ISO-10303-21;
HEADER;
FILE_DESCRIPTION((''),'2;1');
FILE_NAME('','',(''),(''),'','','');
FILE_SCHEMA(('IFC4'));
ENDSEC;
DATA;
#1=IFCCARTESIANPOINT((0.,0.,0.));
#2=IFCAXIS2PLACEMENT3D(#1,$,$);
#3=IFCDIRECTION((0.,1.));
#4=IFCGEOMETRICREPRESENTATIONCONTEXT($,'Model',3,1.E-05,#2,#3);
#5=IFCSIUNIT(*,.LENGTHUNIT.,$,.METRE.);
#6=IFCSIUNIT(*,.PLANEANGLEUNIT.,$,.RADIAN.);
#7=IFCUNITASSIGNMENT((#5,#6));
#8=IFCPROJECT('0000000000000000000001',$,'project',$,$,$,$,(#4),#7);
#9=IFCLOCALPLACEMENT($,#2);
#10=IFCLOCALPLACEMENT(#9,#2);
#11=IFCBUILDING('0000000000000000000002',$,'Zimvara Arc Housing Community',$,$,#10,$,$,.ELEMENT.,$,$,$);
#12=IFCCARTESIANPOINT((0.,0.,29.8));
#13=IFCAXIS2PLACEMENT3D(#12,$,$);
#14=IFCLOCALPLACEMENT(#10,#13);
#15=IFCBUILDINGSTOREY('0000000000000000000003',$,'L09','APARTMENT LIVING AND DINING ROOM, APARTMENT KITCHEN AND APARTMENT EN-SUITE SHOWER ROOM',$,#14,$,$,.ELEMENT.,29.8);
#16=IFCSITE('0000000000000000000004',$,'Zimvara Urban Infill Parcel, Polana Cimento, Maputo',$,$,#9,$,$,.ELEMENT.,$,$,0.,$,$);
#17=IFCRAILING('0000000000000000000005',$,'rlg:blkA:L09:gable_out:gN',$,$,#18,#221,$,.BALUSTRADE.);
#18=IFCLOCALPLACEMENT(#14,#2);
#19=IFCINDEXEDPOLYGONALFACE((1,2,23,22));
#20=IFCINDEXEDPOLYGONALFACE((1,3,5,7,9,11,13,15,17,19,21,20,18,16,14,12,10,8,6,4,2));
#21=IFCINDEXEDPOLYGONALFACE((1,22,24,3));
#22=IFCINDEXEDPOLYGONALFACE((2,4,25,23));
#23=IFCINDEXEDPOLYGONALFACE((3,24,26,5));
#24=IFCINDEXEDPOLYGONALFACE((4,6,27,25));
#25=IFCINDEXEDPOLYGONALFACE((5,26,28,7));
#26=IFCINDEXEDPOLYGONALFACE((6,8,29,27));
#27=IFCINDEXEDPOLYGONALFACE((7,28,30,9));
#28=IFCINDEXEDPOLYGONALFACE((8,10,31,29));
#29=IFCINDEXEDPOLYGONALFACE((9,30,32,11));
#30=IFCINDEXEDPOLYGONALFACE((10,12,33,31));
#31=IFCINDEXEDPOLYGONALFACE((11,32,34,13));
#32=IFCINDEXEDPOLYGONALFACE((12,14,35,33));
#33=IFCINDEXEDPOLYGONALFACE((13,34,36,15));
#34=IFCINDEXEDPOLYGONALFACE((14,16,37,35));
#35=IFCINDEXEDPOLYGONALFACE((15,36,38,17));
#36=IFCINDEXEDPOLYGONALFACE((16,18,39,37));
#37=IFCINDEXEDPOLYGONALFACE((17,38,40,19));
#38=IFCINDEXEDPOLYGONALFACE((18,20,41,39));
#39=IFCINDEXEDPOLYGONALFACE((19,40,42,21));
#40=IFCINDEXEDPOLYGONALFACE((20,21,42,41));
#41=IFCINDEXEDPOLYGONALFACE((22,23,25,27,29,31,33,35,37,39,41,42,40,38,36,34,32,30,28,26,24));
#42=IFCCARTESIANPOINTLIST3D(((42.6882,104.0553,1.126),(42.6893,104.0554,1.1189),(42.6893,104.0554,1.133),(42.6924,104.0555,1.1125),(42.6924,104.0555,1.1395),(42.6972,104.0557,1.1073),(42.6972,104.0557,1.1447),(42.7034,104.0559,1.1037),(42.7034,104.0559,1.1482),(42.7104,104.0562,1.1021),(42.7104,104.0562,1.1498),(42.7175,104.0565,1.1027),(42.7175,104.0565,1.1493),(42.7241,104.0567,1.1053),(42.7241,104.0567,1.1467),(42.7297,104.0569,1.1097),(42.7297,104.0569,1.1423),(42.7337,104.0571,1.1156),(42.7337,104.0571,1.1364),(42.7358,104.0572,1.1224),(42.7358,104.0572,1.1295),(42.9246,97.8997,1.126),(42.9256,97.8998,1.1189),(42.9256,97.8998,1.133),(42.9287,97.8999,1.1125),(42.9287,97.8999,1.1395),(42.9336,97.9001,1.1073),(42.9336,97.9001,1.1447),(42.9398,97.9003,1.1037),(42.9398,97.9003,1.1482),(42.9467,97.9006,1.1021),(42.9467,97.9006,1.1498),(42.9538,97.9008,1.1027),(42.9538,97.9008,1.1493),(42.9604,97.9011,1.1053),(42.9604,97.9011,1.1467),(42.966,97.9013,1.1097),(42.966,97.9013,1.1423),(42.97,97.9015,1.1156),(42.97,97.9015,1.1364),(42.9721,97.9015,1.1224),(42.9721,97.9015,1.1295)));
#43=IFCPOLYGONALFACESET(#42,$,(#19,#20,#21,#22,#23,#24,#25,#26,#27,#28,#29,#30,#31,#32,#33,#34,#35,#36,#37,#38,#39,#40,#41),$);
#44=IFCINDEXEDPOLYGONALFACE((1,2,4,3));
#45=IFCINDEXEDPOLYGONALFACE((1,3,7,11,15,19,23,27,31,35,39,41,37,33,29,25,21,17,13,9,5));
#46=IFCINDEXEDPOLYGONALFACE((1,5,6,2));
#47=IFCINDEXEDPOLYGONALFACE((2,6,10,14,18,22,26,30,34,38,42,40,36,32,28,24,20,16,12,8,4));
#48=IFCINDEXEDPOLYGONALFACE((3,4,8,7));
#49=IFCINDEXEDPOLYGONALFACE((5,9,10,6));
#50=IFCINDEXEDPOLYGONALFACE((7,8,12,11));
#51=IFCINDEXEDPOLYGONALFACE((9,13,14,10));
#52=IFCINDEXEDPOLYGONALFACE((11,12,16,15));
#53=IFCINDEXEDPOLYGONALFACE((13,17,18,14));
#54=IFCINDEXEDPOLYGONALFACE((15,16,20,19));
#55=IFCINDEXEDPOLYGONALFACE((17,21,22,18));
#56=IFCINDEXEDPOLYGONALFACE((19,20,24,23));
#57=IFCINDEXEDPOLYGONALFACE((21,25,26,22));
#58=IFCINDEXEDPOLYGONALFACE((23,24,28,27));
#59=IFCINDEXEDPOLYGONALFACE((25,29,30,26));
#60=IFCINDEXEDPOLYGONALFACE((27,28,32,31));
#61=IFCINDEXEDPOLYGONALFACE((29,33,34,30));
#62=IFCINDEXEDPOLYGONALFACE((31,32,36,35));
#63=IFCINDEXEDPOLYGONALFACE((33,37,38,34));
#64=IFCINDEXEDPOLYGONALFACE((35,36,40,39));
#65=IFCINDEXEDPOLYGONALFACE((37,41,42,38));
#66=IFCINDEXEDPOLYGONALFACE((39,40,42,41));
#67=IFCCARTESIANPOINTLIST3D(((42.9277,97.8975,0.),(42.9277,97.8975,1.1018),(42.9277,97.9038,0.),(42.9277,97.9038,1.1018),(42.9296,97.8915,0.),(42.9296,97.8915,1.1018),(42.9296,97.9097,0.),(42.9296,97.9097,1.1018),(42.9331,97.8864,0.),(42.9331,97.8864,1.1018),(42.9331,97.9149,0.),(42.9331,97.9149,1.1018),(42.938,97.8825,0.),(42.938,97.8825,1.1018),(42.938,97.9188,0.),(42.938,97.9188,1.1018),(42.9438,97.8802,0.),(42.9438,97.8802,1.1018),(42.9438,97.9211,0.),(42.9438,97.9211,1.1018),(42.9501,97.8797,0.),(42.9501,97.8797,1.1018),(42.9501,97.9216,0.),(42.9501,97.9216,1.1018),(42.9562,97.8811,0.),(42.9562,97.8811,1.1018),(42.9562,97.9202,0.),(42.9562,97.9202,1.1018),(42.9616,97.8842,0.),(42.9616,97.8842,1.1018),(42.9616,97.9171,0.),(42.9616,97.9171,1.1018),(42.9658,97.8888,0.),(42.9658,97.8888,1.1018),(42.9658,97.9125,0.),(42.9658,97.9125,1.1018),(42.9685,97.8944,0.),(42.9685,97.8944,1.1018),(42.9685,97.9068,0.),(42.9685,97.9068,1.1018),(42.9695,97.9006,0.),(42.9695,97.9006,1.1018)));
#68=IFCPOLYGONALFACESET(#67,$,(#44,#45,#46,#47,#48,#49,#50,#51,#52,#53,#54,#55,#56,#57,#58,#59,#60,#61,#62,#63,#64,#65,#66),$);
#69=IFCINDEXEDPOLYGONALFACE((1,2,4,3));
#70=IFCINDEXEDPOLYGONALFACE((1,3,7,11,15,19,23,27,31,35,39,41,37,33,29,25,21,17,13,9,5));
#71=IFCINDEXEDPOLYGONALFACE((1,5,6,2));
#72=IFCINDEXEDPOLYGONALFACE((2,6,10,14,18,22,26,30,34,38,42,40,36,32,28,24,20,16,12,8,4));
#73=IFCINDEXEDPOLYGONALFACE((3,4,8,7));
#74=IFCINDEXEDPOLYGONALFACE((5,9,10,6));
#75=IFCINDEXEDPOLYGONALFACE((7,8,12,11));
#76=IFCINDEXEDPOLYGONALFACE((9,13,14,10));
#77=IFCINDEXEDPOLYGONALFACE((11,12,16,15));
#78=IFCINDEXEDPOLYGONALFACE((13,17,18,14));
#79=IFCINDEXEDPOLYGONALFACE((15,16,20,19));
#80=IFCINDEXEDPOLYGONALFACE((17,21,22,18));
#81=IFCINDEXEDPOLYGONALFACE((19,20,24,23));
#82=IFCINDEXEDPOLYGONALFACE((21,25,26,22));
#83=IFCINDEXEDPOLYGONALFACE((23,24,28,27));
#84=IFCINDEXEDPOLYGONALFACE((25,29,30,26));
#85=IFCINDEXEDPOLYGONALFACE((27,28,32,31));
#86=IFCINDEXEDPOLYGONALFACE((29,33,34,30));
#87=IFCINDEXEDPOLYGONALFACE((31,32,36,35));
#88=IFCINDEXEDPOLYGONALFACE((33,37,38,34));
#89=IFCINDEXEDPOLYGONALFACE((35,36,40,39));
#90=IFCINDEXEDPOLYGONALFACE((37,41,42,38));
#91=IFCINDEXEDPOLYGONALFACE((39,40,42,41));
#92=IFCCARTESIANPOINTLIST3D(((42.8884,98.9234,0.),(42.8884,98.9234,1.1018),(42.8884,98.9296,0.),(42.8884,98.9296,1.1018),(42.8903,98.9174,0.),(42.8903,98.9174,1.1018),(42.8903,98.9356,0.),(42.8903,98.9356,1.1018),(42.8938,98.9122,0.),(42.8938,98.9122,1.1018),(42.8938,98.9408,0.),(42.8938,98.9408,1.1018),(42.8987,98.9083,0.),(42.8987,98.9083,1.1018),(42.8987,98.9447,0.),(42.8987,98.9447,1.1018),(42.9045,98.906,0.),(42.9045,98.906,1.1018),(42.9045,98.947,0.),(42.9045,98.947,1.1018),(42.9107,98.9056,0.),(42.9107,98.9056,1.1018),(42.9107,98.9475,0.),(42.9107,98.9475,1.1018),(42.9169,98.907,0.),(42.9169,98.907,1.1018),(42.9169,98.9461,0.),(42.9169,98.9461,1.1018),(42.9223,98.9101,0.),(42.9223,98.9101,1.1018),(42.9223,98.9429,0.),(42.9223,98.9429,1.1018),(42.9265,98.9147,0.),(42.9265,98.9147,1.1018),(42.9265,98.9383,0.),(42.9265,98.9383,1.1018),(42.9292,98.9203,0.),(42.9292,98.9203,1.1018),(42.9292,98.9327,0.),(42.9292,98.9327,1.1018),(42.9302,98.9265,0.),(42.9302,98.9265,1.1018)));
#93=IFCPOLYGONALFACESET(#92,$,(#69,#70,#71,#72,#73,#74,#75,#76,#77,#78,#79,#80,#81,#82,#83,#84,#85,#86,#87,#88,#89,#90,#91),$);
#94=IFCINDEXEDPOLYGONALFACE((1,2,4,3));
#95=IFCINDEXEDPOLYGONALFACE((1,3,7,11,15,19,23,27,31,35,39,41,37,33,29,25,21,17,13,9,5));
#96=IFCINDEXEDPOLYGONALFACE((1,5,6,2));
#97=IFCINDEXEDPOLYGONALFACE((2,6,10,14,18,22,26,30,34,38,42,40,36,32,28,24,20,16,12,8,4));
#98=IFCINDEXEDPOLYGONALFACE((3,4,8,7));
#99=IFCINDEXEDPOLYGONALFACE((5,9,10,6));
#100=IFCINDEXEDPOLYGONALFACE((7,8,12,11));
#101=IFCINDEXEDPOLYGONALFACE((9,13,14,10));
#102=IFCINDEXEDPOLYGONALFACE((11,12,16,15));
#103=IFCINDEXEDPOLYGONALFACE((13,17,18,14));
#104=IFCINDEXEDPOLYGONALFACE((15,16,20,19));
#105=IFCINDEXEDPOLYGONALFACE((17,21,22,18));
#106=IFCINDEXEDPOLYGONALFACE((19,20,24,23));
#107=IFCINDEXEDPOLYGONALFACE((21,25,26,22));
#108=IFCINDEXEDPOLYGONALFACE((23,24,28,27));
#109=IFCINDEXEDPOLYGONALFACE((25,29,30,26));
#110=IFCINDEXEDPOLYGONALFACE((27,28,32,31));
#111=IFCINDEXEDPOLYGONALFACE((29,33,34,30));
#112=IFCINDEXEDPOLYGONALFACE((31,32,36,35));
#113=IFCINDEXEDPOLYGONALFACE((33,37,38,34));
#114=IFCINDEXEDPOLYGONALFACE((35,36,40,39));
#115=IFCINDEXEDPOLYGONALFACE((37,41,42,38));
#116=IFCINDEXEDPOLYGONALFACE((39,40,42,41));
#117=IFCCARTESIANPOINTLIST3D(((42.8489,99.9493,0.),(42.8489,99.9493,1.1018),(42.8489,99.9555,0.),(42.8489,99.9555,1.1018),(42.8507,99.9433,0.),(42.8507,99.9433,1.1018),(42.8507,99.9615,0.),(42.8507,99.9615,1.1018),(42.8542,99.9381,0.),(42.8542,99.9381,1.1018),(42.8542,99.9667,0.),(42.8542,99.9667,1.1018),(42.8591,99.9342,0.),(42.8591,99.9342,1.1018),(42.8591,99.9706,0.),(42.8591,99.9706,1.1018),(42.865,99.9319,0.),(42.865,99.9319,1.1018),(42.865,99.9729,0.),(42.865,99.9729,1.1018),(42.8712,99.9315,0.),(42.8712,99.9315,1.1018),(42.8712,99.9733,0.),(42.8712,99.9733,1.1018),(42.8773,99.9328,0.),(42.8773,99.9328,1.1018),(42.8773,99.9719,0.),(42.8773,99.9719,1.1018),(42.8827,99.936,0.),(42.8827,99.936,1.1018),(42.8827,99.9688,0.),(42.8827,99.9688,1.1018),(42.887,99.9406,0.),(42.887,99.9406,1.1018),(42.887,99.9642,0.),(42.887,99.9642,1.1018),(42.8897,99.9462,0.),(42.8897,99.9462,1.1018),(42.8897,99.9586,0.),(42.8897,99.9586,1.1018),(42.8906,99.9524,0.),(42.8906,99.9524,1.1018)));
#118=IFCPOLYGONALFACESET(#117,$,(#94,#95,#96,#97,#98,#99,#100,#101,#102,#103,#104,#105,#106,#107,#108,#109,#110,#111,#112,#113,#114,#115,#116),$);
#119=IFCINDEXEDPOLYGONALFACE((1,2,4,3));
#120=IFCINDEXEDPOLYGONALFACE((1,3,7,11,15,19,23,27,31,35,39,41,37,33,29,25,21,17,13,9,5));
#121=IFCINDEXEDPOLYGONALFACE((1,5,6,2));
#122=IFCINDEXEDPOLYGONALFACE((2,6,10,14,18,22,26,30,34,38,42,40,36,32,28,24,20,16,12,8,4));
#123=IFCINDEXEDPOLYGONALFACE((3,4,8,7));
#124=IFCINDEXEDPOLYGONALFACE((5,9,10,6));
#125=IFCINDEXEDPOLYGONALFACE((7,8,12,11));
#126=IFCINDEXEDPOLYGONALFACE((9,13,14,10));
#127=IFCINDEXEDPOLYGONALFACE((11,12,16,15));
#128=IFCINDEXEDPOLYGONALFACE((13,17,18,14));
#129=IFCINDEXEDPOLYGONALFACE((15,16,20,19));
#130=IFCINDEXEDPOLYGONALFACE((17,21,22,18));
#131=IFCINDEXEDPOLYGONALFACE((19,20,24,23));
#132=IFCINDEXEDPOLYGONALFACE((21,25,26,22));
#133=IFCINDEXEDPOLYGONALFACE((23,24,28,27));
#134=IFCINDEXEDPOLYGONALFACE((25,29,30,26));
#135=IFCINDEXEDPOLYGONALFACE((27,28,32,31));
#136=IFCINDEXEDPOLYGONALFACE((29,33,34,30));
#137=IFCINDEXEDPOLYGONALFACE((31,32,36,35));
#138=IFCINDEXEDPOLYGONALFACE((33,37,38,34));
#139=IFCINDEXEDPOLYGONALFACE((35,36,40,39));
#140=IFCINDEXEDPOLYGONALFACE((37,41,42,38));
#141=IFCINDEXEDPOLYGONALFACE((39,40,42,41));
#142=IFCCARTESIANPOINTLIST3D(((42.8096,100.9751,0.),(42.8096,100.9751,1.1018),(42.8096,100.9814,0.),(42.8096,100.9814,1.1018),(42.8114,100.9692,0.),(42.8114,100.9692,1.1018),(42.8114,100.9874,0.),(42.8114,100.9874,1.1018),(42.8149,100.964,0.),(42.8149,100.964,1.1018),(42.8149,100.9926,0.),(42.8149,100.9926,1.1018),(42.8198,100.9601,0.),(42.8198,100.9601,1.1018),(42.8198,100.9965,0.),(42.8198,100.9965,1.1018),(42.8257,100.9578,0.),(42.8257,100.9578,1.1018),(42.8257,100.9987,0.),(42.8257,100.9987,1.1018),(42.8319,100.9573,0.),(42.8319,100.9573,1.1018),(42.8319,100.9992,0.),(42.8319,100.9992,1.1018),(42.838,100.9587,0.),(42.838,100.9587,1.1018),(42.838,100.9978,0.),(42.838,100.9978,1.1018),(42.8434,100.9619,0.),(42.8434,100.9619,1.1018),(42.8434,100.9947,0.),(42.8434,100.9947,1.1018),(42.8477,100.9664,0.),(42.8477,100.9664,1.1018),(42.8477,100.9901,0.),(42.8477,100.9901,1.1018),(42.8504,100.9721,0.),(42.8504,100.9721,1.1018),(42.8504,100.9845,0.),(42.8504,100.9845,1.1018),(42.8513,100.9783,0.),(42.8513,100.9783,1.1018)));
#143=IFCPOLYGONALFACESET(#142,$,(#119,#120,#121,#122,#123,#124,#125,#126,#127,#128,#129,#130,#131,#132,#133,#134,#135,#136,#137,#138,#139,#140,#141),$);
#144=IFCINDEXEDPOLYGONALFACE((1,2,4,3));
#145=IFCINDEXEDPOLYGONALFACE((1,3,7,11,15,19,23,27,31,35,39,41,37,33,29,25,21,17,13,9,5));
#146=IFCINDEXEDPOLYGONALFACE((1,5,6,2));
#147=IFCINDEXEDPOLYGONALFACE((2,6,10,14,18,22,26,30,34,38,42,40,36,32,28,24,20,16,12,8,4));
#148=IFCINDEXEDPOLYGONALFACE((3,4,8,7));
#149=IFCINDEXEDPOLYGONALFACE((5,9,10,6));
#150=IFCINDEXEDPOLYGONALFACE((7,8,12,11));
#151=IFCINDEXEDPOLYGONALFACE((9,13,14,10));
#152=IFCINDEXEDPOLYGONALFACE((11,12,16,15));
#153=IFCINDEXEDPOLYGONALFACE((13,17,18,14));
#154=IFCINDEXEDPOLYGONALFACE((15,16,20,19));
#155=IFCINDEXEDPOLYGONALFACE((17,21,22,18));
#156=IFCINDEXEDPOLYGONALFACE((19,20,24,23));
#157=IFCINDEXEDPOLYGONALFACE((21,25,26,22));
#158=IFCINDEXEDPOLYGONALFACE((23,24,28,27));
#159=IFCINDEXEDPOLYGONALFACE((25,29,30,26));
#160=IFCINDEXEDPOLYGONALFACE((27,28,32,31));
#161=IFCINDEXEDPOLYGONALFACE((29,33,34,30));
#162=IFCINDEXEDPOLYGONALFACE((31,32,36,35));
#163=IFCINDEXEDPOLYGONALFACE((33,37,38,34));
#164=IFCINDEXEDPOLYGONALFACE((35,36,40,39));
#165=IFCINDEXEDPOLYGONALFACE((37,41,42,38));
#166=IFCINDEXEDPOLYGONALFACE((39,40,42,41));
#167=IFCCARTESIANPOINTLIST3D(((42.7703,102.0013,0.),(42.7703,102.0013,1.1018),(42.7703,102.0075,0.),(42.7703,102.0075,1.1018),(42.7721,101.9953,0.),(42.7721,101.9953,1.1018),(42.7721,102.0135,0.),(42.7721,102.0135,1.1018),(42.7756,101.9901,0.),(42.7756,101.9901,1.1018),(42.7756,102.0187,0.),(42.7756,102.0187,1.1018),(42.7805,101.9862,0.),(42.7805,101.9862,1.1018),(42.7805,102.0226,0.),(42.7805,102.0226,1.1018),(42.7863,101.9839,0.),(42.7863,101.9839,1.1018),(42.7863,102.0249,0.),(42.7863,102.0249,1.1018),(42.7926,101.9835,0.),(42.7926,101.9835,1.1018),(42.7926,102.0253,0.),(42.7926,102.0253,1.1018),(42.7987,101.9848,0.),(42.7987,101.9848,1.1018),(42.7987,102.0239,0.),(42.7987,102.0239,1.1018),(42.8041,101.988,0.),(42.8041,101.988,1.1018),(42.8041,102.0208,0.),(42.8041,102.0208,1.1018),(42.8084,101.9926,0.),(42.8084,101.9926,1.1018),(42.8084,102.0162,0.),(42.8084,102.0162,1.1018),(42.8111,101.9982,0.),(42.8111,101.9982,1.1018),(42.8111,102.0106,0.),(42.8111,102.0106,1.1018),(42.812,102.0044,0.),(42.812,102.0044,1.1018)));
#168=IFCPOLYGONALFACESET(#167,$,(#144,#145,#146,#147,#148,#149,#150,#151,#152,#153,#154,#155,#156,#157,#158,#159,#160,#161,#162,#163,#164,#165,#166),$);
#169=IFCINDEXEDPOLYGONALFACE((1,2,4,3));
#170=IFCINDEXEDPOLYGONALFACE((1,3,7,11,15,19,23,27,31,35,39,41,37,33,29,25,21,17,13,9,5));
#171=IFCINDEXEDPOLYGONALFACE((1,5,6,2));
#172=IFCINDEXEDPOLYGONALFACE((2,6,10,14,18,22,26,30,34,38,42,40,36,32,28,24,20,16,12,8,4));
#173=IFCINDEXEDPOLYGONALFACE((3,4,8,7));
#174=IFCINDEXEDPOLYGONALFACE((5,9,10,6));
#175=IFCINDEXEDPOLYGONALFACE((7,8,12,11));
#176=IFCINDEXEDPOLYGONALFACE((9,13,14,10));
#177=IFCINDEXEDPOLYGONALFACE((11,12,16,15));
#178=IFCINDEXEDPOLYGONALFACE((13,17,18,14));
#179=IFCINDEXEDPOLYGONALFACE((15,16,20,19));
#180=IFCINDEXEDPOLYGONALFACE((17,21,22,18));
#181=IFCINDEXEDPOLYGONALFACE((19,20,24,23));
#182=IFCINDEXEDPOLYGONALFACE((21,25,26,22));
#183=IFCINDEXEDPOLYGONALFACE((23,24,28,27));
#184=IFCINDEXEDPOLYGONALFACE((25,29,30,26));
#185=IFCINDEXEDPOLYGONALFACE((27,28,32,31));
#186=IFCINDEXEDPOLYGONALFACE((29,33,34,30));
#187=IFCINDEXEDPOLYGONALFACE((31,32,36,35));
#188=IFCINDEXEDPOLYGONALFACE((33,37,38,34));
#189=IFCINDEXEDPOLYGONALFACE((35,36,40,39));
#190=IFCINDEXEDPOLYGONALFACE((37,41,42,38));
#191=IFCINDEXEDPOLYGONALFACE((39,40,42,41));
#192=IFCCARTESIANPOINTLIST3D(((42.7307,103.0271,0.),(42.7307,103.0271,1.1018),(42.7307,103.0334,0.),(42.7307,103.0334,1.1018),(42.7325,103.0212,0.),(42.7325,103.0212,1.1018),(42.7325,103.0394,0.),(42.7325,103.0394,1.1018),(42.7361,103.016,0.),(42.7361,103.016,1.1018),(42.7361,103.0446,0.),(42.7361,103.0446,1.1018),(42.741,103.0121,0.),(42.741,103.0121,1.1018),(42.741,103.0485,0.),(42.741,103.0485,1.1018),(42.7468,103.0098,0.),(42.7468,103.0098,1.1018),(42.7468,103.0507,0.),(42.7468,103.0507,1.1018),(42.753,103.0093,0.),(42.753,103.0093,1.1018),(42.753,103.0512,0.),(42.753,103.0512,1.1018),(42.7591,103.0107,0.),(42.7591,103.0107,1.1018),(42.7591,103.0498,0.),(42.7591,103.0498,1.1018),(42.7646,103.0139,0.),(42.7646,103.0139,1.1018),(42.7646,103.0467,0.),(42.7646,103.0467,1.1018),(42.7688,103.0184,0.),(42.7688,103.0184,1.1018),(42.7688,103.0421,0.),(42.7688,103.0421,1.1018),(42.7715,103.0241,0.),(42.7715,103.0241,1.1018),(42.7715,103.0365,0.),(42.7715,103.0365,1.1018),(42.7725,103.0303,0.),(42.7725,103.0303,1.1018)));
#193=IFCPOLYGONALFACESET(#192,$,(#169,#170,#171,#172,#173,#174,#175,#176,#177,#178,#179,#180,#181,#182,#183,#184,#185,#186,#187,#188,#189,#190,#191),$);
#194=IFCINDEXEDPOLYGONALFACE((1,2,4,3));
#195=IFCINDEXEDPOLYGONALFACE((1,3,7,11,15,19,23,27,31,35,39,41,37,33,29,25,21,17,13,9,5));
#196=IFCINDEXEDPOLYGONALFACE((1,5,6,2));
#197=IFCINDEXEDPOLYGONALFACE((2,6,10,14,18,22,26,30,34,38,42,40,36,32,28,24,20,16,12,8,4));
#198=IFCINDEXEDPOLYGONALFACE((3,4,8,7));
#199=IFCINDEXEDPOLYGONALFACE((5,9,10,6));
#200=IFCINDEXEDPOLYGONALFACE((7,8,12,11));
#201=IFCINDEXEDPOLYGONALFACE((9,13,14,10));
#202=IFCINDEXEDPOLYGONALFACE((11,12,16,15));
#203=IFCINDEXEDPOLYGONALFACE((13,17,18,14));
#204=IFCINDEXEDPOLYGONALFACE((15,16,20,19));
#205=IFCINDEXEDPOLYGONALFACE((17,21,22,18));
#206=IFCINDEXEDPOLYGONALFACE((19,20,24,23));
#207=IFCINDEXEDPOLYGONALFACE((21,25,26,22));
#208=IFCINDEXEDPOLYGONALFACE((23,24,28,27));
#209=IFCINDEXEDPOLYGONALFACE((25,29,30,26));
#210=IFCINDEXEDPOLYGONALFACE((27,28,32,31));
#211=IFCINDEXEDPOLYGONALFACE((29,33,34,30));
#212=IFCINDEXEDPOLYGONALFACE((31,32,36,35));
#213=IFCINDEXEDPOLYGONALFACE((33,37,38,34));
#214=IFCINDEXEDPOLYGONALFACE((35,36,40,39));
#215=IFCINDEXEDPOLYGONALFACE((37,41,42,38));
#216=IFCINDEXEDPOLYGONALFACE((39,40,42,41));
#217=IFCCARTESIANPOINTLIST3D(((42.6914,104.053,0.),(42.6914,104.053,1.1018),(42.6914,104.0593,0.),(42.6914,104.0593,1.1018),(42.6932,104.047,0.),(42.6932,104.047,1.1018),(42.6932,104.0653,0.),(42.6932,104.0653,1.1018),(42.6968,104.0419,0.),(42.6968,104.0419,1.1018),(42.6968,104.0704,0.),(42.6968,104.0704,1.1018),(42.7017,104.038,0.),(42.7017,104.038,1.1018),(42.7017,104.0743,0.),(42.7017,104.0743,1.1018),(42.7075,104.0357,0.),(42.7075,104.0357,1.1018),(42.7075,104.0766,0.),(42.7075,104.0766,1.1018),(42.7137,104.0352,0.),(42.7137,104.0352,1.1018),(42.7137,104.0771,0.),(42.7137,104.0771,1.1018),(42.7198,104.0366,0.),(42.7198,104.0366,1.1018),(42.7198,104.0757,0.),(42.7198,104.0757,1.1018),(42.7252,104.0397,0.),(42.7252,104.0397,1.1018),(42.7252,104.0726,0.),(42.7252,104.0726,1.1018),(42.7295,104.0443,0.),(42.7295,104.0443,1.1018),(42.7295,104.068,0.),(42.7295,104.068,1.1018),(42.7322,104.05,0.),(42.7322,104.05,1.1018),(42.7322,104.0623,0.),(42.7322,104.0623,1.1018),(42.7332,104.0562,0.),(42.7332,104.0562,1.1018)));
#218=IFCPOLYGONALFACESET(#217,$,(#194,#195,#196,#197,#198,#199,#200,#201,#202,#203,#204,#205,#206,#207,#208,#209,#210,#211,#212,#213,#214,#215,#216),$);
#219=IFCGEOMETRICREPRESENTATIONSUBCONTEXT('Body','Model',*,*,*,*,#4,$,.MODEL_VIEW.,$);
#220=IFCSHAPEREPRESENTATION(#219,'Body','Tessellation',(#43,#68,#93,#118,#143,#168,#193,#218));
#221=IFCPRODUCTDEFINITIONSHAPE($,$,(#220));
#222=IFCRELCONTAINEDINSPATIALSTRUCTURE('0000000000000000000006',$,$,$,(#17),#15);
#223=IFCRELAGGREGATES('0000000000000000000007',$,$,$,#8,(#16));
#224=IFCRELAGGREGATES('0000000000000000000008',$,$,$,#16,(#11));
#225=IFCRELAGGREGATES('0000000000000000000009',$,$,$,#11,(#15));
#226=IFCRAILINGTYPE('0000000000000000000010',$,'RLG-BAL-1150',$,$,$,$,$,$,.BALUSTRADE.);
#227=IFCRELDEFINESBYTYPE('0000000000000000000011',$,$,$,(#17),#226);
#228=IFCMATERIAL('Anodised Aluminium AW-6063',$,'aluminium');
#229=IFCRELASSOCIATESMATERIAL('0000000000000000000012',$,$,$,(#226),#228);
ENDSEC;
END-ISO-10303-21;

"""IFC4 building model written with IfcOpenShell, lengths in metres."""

from ifc_helpers import new_model, si_unit, direction, frame, origin, origin_2d, place, context, subcontext, project, spatial, circle, extrude, material, type_object, element, save


model = new_model("IFC4")

# Units and contexts
model_context = context("Model", 3, precision=1e-05, world=origin(), true_north=direction((0.0, 1.0)))
body_context = subcontext(model_context, "Body", "Model", "MODEL_VIEW")
ifc_project = project(units=[si_unit("LENGTHUNIT", "METRE"), si_unit("PLANEANGLEUNIT", "RADIAN")], contexts=[model_context])

# Site, building, storey
site_placement = place(None, origin())
site = spatial("IfcSite", under=ifc_project, at=site_placement, Name="Zimvara Urban Infill Parcel, Polana Cimento, Maputo", CompositionType="ELEMENT", RefElevation=0.0)
building_placement = place(site_placement, origin())
building = spatial("IfcBuilding", under=site, at=building_placement, Name="Zimvara Arc Housing Community", CompositionType="ELEMENT")
storey_placement = place(building_placement, frame((0.0, 0.0, 29.8)))
storey = spatial("IfcBuildingStorey", under=building, at=storey_placement, Name="L09", Description="APARTMENT LIVING AND DINING ROOM, APARTMENT KITCHEN AND APARTMENT EN-SUITE SHOWER ROOM", CompositionType="ELEMENT", Elevation=29.8)

# Railing
ifc_material_1 = material(Name="Anodised Aluminium AW-6063", Category="aluminium")
railing_type_1 = type_object("IfcRailingType", Name="RLG-BAL-1150", PredefinedType="BALUSTRADE", material=ifc_material_1)
railing_1_placement = place(storey_placement, frame((42.9485, 97.9006, 0.0)))
element("IfcRailing", 1, at=railing_1_placement, inside=storey, type_object=railing_type_1, Name="rlg:blkA:L09:gable_out:gN", PredefinedType="BALUSTRADE", context=body_context, shape_type="SweptSolid", body=[
    extrude(circle(Radius=0.0239, at=origin_2d()), frame((0.0, 0.0, 1.126), z_axis=(-0.038365, 0.999264, 0.0), x_axis=(-0.999264, -0.038365, 0.0)), (0.0, 0.0, 1.0), 6.1602),
    extrude(circle(Radius=0.021, at=origin_2d()), origin(), (0.0, 0.0, 1.0), 1.1018),
    extrude(circle(Radius=0.021, at=origin_2d()), frame((-0.0393, 1.0259, 0.0)), (0.0, 0.0, 1.0), 1.1018),
    extrude(circle(Radius=0.021, at=origin_2d()), frame((-0.0789, 2.0518, 0.0)), (0.0, 0.0, 1.0), 1.1018),
    extrude(circle(Radius=0.021, at=origin_2d()), frame((-0.1182, 3.0776, 0.0)), (0.0, 0.0, 1.0), 1.1018),
    extrude(circle(Radius=0.021, at=origin_2d()), frame((-0.1575, 4.1038, 0.0)), (0.0, 0.0, 1.0), 1.1018),
    extrude(circle(Radius=0.021, at=origin_2d()), frame((-0.197, 5.1296, 0.0)), (0.0, 0.0, 1.0), 1.1018),
    extrude(circle(Radius=0.021, at=origin_2d()), frame((-0.2363, 6.1555, 0.0)), (0.0, 0.0, 1.0), 1.1018),
])

save(model, "model.ifc")
